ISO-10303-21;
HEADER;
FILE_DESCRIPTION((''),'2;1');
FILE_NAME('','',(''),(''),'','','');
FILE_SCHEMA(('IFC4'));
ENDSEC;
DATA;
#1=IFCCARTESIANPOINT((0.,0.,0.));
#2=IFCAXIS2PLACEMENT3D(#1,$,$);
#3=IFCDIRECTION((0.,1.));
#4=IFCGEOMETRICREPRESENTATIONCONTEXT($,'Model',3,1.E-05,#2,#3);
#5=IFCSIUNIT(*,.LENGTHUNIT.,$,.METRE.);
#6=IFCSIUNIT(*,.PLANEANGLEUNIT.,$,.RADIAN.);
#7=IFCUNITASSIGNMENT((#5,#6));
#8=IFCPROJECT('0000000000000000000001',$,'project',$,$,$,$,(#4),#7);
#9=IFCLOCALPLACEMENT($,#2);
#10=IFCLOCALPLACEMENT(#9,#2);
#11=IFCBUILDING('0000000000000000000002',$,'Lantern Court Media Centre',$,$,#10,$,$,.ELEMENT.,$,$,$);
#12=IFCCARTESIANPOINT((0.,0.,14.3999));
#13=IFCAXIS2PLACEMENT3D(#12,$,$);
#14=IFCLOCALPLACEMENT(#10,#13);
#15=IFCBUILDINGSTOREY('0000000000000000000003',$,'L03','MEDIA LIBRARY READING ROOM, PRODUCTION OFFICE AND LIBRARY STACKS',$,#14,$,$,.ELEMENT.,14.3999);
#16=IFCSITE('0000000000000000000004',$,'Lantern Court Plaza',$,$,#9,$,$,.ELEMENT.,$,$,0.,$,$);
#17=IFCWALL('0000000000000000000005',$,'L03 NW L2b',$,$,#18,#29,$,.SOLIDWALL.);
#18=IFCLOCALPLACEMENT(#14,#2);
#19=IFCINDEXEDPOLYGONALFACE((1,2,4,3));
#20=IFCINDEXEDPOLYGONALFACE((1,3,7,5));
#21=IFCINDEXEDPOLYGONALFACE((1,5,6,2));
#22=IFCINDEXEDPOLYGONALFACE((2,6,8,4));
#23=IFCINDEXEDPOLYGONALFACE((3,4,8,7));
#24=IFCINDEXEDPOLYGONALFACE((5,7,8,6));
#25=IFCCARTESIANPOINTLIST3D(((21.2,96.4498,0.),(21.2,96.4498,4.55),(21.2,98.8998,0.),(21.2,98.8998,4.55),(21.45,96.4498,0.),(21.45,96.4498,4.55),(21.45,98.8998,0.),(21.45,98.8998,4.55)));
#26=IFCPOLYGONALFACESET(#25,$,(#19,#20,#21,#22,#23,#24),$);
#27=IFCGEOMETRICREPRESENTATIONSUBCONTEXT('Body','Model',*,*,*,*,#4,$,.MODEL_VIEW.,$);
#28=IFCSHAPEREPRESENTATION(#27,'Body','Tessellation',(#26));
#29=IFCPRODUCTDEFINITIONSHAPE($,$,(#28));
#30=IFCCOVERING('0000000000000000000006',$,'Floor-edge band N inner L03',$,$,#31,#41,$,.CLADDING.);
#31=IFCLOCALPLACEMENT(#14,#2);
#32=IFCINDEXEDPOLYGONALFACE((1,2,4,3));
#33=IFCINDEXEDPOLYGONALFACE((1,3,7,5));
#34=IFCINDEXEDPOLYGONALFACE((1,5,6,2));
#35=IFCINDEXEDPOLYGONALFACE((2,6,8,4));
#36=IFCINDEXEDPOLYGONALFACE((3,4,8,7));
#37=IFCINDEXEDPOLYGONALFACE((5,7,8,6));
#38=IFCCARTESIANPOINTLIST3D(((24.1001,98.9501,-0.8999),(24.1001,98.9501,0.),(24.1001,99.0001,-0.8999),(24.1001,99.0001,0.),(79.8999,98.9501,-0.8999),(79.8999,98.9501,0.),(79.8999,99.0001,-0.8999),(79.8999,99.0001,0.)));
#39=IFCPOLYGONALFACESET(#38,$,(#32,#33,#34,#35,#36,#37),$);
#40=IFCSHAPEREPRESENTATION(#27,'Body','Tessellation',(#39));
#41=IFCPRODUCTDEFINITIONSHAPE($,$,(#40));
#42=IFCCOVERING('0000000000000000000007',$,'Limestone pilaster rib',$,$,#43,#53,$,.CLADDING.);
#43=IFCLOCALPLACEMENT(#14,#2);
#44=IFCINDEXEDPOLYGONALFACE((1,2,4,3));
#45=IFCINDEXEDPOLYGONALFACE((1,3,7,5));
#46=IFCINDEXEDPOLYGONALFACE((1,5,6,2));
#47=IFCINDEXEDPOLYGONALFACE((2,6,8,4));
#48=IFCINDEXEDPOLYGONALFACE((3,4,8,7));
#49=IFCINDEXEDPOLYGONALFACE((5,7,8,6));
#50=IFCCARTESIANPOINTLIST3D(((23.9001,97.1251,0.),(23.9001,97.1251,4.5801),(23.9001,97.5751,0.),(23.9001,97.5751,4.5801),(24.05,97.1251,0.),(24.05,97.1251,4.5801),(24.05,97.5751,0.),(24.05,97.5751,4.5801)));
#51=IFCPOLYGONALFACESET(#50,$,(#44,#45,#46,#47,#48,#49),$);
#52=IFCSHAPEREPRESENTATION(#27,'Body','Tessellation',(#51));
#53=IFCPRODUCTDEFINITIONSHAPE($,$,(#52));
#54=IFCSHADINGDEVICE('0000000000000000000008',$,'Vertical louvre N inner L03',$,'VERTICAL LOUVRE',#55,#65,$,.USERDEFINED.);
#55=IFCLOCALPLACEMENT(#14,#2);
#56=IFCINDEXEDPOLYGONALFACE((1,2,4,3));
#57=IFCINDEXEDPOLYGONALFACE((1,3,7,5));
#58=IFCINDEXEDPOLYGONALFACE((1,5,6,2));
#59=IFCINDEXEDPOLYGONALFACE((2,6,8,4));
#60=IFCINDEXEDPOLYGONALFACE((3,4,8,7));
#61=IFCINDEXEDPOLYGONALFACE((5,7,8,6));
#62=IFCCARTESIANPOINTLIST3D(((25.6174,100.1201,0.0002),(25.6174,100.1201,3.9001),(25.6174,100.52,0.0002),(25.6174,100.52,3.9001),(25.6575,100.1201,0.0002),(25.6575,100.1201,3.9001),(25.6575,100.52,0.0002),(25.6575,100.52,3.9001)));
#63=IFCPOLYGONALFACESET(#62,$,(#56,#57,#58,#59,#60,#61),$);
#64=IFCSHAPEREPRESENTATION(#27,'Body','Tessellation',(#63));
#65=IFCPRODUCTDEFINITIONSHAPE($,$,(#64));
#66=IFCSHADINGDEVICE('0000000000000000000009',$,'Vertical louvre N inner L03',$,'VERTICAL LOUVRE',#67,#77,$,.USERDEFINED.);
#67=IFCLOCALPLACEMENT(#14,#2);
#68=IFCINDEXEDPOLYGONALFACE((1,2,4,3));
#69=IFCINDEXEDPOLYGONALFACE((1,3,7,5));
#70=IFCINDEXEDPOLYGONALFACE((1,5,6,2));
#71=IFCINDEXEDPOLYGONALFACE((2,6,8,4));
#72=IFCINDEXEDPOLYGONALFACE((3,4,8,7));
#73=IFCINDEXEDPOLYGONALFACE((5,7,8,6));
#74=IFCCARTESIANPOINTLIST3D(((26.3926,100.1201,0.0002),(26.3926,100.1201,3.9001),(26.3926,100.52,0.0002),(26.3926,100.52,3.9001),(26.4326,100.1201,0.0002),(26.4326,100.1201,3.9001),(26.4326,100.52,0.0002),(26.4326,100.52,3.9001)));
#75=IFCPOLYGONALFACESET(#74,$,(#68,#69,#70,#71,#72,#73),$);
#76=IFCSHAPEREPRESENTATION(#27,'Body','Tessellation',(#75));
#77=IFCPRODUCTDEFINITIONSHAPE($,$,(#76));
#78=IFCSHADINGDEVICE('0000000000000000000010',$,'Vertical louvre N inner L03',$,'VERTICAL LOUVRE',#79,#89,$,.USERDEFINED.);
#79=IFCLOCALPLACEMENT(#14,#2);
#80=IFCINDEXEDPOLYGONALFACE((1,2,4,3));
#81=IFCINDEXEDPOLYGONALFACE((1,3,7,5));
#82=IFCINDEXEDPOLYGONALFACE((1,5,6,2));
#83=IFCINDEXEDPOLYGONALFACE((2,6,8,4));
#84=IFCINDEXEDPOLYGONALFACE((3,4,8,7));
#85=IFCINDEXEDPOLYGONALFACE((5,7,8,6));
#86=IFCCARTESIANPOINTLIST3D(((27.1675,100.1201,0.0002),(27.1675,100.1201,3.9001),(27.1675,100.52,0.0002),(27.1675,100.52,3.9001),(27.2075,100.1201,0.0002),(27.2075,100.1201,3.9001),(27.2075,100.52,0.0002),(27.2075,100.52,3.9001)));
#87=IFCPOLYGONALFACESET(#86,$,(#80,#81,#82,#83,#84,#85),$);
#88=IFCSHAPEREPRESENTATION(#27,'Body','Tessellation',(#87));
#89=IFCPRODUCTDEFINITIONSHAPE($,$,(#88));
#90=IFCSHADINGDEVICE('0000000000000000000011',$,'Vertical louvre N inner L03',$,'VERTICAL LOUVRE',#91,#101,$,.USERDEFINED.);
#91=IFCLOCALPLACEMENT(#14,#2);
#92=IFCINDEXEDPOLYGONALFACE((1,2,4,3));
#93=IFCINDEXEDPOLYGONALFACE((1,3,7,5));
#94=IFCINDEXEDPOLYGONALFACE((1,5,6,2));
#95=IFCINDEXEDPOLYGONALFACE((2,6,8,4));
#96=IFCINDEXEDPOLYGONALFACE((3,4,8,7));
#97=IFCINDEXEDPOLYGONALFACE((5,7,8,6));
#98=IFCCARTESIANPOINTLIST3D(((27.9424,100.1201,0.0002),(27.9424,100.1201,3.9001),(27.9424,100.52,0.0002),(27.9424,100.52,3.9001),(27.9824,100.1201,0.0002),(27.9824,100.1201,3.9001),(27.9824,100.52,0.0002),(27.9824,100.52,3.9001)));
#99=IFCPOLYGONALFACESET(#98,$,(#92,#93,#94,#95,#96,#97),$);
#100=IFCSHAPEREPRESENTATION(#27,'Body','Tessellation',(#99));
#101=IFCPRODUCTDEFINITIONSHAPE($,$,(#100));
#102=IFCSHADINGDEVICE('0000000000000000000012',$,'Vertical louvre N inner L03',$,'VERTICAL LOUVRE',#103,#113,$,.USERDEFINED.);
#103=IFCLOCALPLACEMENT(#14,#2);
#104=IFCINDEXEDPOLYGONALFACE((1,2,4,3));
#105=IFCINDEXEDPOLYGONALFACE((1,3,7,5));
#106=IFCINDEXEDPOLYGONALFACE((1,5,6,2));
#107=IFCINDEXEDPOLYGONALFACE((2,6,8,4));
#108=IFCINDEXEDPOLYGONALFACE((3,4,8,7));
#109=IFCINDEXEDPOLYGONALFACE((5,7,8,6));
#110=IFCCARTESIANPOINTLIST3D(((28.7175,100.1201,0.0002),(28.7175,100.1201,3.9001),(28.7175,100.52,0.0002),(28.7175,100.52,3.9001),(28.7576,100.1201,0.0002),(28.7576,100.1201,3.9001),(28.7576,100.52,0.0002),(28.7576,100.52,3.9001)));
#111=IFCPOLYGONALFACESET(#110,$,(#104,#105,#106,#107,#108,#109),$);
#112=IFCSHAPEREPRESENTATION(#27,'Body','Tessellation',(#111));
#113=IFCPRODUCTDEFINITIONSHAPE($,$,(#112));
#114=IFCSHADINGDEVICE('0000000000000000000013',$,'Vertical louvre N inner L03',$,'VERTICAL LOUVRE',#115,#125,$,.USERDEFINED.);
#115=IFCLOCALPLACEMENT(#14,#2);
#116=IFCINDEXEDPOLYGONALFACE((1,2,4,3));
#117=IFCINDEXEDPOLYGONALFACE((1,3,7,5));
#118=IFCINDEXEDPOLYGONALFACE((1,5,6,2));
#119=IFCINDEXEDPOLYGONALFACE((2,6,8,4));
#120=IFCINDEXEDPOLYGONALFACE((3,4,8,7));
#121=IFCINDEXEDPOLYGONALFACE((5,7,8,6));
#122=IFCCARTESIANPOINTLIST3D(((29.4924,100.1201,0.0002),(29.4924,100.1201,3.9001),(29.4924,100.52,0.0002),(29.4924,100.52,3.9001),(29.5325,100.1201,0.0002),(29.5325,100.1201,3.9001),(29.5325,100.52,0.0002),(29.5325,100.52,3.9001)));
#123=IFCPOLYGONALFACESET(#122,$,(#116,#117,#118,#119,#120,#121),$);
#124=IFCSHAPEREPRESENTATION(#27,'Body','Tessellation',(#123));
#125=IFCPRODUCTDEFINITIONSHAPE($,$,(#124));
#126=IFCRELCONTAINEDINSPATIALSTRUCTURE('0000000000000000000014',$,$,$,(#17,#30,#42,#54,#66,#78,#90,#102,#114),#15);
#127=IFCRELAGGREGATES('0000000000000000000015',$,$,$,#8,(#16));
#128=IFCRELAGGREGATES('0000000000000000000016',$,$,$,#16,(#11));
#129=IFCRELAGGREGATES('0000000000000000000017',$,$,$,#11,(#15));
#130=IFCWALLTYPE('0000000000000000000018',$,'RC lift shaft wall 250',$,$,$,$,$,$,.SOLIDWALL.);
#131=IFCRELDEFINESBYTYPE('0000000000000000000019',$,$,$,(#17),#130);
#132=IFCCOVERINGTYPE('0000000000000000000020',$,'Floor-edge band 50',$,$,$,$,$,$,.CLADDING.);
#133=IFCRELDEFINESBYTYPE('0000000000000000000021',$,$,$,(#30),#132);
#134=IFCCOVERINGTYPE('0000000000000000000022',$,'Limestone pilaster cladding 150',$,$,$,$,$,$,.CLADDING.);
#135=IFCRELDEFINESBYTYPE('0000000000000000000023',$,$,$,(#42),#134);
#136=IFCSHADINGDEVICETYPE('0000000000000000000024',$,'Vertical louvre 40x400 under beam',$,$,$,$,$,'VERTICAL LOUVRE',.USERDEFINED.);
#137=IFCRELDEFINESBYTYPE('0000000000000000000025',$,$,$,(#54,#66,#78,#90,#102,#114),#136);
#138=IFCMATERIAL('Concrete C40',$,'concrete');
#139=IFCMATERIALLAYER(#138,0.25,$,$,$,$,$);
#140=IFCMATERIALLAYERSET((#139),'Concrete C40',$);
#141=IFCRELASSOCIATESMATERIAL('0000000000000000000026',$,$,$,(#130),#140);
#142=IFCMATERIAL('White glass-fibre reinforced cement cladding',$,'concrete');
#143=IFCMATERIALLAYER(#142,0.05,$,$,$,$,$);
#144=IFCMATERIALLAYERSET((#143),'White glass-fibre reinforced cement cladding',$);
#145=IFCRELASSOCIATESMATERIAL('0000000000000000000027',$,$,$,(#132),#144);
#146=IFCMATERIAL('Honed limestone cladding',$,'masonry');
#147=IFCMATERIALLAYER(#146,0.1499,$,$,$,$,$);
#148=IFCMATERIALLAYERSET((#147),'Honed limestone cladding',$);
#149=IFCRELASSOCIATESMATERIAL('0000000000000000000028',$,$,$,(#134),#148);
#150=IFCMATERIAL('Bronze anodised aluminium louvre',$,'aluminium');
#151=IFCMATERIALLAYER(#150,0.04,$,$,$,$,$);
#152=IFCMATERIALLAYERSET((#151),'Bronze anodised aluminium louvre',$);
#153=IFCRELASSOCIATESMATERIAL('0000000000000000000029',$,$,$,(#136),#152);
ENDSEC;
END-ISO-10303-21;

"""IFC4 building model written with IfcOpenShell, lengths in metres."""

from ifc_helpers import new_model, si_unit, direction, frame, frame_2d, origin, origin_2d, place, context, subcontext, project, spatial, rectangle, extrude, material, layer, layer_set, type_object, element, save


model = new_model("IFC4")

# Units and contexts
model_context = context("Model", 3, precision=1e-05, world=origin(), true_north=direction((0.0, 1.0)))
body_context = subcontext(model_context, "Body", "Model", "MODEL_VIEW")
ifc_project = project(units=[si_unit("LENGTHUNIT", "METRE"), si_unit("PLANEANGLEUNIT", "RADIAN")], contexts=[model_context])

# Site, building, storey
site_placement = place(None, origin())
site = spatial("IfcSite", under=ifc_project, at=site_placement, Name="Lantern Court Plaza", CompositionType="ELEMENT", RefElevation=0.0)
building_placement = place(site_placement, origin())
building = spatial("IfcBuilding", under=site, at=building_placement, Name="Lantern Court Media Centre", CompositionType="ELEMENT")
storey_placement = place(building_placement, frame((0.0, 0.0, 14.3999)))
storey = spatial("IfcBuildingStorey", under=building, at=storey_placement, Name="L03", Description="MEDIA LIBRARY READING ROOM, PRODUCTION OFFICE AND LIBRARY STACKS", CompositionType="ELEMENT", Elevation=14.3999)

# Wall
ifc_material_1 = material(Name="Concrete C40", Category="concrete")
ifc_layer_1 = layer(ifc_material_1, 0.25)
ifc_layer_set_1 = layer_set([ifc_layer_1], Name="Concrete C40")
wall_type_1 = type_object("IfcWallType", Name="RC lift shaft wall 250", PredefinedType="SOLIDWALL", material=ifc_layer_set_1)
wall_1_placement = place(storey_placement, frame((21.325, 98.8999, 0.0), z_axis=(0.0, 0.0, 1.0), x_axis=(0.0, -1.0, 0.0)))
element("IfcWall", 1, at=wall_1_placement, inside=storey, type_object=wall_type_1, Name="L03 NW L2b", PredefinedType="SOLIDWALL", context=body_context, shape_type="SweptSolid", body=[
    extrude(rectangle(XDim=2.45, YDim=0.25, at=frame_2d((1.2251, 0.0))), origin(), (0.0, 0.0, 1.0), 4.55),
])

# Covering
ifc_material_2 = material(Name="White glass-fibre reinforced cement cladding", Category="concrete")
ifc_layer_2 = layer(ifc_material_2, 0.05)
ifc_layer_set_2 = layer_set([ifc_layer_2], Name="White glass-fibre reinforced cement cladding")
covering_type_1 = type_object("IfcCoveringType", Name="Floor-edge band 50", PredefinedType="CLADDING", material=ifc_layer_set_2)
covering_1_placement = place(storey_placement, frame((24.1001, 98.9751, -0.8999), z_axis=(0.0, 0.0, 1.0), x_axis=(1.0, 0.0, 0.0)))
element("IfcCovering", 2, at=covering_1_placement, inside=storey, type_object=covering_type_1, Name="Floor-edge band N inner L03", PredefinedType="CLADDING", context=body_context, shape_type="SweptSolid", body=[
    extrude(rectangle(XDim=55.7998, YDim=0.05, at=frame_2d((27.8999, 0.0))), origin(), (0.0, 0.0, 1.0), 0.8999),
])

# Covering
ifc_material_3 = material(Name="Honed limestone cladding", Category="masonry")
ifc_layer_3 = layer(ifc_material_3, 0.1499)
ifc_layer_set_3 = layer_set([ifc_layer_3], Name="Honed limestone cladding")
covering_type_2 = type_object("IfcCoveringType", Name="Limestone pilaster cladding 150", PredefinedType="CLADDING", material=ifc_layer_set_3)
covering_2_placement = place(storey_placement, frame((23.9751, 97.125, 0.0), z_axis=(0.0, 0.0, 1.0), x_axis=(0.0, 1.0, 0.0)))
element("IfcCovering", 3, at=covering_2_placement, inside=storey, type_object=covering_type_2, Name="Limestone pilaster rib", PredefinedType="CLADDING", context=body_context, shape_type="SweptSolid", body=[
    extrude(rectangle(XDim=0.45, YDim=0.1499, at=frame_2d((0.2251, 0.0))), origin(), (0.0, 0.0, 1.0), 4.5801),
])

# Shading devices
ifc_material_4 = material(Name="Bronze anodised aluminium louvre", Category="aluminium")
ifc_layer_4 = layer(ifc_material_4, 0.04)
ifc_layer_set_4 = layer_set([ifc_layer_4], Name="Bronze anodised aluminium louvre")
shading_device_type = type_object("IfcShadingDeviceType", Name="Vertical louvre 40x400 under beam", ElementType="VERTICAL LOUVRE", PredefinedType="USERDEFINED", material=ifc_layer_set_4)
for number, where, z_axis, x_axis, name in (
    (4, (25.6375, 100.3201, 0.0002), (0.0, 0.0, 1.0), (1.0, 0.0, 0.0), "Vertical louvre N inner L03"),
    (5, (26.4126, 100.3201, 0.0002), (0.0, 0.0, 1.0), (1.0, 0.0, 0.0), "Vertical louvre N inner L03"),
    (6, (27.1875, 100.3201, 0.0002), (0.0, 0.0, 1.0), (1.0, 0.0, 0.0), "Vertical louvre N inner L03"),
    (7, (27.9624, 100.3201, 0.0002), (0.0, 0.0, 1.0), (1.0, 0.0, 0.0), "Vertical louvre N inner L03"),
    (8, (28.7375, 100.3201, 0.0002), (0.0, 0.0, 1.0), (1.0, 0.0, 0.0), "Vertical louvre N inner L03"),
    (9, (29.5125, 100.3201, 0.0002), (0.0, 0.0, 1.0), (1.0, 0.0, 0.0), "Vertical louvre N inner L03"),
):
    element("IfcShadingDevice", number, at=place(storey_placement, frame(where, z_axis=z_axis, x_axis=x_axis)), inside=storey, type_object=shading_device_type, Name=name, ObjectType="VERTICAL LOUVRE", PredefinedType="USERDEFINED", context=body_context, shape_type="SweptSolid", body=[
        extrude(rectangle(XDim=0.04, YDim=0.3999, at=origin_2d()), origin(), (0.0, 0.0, 1.0), 3.8999),
    ])

save(model, "model.ifc")
